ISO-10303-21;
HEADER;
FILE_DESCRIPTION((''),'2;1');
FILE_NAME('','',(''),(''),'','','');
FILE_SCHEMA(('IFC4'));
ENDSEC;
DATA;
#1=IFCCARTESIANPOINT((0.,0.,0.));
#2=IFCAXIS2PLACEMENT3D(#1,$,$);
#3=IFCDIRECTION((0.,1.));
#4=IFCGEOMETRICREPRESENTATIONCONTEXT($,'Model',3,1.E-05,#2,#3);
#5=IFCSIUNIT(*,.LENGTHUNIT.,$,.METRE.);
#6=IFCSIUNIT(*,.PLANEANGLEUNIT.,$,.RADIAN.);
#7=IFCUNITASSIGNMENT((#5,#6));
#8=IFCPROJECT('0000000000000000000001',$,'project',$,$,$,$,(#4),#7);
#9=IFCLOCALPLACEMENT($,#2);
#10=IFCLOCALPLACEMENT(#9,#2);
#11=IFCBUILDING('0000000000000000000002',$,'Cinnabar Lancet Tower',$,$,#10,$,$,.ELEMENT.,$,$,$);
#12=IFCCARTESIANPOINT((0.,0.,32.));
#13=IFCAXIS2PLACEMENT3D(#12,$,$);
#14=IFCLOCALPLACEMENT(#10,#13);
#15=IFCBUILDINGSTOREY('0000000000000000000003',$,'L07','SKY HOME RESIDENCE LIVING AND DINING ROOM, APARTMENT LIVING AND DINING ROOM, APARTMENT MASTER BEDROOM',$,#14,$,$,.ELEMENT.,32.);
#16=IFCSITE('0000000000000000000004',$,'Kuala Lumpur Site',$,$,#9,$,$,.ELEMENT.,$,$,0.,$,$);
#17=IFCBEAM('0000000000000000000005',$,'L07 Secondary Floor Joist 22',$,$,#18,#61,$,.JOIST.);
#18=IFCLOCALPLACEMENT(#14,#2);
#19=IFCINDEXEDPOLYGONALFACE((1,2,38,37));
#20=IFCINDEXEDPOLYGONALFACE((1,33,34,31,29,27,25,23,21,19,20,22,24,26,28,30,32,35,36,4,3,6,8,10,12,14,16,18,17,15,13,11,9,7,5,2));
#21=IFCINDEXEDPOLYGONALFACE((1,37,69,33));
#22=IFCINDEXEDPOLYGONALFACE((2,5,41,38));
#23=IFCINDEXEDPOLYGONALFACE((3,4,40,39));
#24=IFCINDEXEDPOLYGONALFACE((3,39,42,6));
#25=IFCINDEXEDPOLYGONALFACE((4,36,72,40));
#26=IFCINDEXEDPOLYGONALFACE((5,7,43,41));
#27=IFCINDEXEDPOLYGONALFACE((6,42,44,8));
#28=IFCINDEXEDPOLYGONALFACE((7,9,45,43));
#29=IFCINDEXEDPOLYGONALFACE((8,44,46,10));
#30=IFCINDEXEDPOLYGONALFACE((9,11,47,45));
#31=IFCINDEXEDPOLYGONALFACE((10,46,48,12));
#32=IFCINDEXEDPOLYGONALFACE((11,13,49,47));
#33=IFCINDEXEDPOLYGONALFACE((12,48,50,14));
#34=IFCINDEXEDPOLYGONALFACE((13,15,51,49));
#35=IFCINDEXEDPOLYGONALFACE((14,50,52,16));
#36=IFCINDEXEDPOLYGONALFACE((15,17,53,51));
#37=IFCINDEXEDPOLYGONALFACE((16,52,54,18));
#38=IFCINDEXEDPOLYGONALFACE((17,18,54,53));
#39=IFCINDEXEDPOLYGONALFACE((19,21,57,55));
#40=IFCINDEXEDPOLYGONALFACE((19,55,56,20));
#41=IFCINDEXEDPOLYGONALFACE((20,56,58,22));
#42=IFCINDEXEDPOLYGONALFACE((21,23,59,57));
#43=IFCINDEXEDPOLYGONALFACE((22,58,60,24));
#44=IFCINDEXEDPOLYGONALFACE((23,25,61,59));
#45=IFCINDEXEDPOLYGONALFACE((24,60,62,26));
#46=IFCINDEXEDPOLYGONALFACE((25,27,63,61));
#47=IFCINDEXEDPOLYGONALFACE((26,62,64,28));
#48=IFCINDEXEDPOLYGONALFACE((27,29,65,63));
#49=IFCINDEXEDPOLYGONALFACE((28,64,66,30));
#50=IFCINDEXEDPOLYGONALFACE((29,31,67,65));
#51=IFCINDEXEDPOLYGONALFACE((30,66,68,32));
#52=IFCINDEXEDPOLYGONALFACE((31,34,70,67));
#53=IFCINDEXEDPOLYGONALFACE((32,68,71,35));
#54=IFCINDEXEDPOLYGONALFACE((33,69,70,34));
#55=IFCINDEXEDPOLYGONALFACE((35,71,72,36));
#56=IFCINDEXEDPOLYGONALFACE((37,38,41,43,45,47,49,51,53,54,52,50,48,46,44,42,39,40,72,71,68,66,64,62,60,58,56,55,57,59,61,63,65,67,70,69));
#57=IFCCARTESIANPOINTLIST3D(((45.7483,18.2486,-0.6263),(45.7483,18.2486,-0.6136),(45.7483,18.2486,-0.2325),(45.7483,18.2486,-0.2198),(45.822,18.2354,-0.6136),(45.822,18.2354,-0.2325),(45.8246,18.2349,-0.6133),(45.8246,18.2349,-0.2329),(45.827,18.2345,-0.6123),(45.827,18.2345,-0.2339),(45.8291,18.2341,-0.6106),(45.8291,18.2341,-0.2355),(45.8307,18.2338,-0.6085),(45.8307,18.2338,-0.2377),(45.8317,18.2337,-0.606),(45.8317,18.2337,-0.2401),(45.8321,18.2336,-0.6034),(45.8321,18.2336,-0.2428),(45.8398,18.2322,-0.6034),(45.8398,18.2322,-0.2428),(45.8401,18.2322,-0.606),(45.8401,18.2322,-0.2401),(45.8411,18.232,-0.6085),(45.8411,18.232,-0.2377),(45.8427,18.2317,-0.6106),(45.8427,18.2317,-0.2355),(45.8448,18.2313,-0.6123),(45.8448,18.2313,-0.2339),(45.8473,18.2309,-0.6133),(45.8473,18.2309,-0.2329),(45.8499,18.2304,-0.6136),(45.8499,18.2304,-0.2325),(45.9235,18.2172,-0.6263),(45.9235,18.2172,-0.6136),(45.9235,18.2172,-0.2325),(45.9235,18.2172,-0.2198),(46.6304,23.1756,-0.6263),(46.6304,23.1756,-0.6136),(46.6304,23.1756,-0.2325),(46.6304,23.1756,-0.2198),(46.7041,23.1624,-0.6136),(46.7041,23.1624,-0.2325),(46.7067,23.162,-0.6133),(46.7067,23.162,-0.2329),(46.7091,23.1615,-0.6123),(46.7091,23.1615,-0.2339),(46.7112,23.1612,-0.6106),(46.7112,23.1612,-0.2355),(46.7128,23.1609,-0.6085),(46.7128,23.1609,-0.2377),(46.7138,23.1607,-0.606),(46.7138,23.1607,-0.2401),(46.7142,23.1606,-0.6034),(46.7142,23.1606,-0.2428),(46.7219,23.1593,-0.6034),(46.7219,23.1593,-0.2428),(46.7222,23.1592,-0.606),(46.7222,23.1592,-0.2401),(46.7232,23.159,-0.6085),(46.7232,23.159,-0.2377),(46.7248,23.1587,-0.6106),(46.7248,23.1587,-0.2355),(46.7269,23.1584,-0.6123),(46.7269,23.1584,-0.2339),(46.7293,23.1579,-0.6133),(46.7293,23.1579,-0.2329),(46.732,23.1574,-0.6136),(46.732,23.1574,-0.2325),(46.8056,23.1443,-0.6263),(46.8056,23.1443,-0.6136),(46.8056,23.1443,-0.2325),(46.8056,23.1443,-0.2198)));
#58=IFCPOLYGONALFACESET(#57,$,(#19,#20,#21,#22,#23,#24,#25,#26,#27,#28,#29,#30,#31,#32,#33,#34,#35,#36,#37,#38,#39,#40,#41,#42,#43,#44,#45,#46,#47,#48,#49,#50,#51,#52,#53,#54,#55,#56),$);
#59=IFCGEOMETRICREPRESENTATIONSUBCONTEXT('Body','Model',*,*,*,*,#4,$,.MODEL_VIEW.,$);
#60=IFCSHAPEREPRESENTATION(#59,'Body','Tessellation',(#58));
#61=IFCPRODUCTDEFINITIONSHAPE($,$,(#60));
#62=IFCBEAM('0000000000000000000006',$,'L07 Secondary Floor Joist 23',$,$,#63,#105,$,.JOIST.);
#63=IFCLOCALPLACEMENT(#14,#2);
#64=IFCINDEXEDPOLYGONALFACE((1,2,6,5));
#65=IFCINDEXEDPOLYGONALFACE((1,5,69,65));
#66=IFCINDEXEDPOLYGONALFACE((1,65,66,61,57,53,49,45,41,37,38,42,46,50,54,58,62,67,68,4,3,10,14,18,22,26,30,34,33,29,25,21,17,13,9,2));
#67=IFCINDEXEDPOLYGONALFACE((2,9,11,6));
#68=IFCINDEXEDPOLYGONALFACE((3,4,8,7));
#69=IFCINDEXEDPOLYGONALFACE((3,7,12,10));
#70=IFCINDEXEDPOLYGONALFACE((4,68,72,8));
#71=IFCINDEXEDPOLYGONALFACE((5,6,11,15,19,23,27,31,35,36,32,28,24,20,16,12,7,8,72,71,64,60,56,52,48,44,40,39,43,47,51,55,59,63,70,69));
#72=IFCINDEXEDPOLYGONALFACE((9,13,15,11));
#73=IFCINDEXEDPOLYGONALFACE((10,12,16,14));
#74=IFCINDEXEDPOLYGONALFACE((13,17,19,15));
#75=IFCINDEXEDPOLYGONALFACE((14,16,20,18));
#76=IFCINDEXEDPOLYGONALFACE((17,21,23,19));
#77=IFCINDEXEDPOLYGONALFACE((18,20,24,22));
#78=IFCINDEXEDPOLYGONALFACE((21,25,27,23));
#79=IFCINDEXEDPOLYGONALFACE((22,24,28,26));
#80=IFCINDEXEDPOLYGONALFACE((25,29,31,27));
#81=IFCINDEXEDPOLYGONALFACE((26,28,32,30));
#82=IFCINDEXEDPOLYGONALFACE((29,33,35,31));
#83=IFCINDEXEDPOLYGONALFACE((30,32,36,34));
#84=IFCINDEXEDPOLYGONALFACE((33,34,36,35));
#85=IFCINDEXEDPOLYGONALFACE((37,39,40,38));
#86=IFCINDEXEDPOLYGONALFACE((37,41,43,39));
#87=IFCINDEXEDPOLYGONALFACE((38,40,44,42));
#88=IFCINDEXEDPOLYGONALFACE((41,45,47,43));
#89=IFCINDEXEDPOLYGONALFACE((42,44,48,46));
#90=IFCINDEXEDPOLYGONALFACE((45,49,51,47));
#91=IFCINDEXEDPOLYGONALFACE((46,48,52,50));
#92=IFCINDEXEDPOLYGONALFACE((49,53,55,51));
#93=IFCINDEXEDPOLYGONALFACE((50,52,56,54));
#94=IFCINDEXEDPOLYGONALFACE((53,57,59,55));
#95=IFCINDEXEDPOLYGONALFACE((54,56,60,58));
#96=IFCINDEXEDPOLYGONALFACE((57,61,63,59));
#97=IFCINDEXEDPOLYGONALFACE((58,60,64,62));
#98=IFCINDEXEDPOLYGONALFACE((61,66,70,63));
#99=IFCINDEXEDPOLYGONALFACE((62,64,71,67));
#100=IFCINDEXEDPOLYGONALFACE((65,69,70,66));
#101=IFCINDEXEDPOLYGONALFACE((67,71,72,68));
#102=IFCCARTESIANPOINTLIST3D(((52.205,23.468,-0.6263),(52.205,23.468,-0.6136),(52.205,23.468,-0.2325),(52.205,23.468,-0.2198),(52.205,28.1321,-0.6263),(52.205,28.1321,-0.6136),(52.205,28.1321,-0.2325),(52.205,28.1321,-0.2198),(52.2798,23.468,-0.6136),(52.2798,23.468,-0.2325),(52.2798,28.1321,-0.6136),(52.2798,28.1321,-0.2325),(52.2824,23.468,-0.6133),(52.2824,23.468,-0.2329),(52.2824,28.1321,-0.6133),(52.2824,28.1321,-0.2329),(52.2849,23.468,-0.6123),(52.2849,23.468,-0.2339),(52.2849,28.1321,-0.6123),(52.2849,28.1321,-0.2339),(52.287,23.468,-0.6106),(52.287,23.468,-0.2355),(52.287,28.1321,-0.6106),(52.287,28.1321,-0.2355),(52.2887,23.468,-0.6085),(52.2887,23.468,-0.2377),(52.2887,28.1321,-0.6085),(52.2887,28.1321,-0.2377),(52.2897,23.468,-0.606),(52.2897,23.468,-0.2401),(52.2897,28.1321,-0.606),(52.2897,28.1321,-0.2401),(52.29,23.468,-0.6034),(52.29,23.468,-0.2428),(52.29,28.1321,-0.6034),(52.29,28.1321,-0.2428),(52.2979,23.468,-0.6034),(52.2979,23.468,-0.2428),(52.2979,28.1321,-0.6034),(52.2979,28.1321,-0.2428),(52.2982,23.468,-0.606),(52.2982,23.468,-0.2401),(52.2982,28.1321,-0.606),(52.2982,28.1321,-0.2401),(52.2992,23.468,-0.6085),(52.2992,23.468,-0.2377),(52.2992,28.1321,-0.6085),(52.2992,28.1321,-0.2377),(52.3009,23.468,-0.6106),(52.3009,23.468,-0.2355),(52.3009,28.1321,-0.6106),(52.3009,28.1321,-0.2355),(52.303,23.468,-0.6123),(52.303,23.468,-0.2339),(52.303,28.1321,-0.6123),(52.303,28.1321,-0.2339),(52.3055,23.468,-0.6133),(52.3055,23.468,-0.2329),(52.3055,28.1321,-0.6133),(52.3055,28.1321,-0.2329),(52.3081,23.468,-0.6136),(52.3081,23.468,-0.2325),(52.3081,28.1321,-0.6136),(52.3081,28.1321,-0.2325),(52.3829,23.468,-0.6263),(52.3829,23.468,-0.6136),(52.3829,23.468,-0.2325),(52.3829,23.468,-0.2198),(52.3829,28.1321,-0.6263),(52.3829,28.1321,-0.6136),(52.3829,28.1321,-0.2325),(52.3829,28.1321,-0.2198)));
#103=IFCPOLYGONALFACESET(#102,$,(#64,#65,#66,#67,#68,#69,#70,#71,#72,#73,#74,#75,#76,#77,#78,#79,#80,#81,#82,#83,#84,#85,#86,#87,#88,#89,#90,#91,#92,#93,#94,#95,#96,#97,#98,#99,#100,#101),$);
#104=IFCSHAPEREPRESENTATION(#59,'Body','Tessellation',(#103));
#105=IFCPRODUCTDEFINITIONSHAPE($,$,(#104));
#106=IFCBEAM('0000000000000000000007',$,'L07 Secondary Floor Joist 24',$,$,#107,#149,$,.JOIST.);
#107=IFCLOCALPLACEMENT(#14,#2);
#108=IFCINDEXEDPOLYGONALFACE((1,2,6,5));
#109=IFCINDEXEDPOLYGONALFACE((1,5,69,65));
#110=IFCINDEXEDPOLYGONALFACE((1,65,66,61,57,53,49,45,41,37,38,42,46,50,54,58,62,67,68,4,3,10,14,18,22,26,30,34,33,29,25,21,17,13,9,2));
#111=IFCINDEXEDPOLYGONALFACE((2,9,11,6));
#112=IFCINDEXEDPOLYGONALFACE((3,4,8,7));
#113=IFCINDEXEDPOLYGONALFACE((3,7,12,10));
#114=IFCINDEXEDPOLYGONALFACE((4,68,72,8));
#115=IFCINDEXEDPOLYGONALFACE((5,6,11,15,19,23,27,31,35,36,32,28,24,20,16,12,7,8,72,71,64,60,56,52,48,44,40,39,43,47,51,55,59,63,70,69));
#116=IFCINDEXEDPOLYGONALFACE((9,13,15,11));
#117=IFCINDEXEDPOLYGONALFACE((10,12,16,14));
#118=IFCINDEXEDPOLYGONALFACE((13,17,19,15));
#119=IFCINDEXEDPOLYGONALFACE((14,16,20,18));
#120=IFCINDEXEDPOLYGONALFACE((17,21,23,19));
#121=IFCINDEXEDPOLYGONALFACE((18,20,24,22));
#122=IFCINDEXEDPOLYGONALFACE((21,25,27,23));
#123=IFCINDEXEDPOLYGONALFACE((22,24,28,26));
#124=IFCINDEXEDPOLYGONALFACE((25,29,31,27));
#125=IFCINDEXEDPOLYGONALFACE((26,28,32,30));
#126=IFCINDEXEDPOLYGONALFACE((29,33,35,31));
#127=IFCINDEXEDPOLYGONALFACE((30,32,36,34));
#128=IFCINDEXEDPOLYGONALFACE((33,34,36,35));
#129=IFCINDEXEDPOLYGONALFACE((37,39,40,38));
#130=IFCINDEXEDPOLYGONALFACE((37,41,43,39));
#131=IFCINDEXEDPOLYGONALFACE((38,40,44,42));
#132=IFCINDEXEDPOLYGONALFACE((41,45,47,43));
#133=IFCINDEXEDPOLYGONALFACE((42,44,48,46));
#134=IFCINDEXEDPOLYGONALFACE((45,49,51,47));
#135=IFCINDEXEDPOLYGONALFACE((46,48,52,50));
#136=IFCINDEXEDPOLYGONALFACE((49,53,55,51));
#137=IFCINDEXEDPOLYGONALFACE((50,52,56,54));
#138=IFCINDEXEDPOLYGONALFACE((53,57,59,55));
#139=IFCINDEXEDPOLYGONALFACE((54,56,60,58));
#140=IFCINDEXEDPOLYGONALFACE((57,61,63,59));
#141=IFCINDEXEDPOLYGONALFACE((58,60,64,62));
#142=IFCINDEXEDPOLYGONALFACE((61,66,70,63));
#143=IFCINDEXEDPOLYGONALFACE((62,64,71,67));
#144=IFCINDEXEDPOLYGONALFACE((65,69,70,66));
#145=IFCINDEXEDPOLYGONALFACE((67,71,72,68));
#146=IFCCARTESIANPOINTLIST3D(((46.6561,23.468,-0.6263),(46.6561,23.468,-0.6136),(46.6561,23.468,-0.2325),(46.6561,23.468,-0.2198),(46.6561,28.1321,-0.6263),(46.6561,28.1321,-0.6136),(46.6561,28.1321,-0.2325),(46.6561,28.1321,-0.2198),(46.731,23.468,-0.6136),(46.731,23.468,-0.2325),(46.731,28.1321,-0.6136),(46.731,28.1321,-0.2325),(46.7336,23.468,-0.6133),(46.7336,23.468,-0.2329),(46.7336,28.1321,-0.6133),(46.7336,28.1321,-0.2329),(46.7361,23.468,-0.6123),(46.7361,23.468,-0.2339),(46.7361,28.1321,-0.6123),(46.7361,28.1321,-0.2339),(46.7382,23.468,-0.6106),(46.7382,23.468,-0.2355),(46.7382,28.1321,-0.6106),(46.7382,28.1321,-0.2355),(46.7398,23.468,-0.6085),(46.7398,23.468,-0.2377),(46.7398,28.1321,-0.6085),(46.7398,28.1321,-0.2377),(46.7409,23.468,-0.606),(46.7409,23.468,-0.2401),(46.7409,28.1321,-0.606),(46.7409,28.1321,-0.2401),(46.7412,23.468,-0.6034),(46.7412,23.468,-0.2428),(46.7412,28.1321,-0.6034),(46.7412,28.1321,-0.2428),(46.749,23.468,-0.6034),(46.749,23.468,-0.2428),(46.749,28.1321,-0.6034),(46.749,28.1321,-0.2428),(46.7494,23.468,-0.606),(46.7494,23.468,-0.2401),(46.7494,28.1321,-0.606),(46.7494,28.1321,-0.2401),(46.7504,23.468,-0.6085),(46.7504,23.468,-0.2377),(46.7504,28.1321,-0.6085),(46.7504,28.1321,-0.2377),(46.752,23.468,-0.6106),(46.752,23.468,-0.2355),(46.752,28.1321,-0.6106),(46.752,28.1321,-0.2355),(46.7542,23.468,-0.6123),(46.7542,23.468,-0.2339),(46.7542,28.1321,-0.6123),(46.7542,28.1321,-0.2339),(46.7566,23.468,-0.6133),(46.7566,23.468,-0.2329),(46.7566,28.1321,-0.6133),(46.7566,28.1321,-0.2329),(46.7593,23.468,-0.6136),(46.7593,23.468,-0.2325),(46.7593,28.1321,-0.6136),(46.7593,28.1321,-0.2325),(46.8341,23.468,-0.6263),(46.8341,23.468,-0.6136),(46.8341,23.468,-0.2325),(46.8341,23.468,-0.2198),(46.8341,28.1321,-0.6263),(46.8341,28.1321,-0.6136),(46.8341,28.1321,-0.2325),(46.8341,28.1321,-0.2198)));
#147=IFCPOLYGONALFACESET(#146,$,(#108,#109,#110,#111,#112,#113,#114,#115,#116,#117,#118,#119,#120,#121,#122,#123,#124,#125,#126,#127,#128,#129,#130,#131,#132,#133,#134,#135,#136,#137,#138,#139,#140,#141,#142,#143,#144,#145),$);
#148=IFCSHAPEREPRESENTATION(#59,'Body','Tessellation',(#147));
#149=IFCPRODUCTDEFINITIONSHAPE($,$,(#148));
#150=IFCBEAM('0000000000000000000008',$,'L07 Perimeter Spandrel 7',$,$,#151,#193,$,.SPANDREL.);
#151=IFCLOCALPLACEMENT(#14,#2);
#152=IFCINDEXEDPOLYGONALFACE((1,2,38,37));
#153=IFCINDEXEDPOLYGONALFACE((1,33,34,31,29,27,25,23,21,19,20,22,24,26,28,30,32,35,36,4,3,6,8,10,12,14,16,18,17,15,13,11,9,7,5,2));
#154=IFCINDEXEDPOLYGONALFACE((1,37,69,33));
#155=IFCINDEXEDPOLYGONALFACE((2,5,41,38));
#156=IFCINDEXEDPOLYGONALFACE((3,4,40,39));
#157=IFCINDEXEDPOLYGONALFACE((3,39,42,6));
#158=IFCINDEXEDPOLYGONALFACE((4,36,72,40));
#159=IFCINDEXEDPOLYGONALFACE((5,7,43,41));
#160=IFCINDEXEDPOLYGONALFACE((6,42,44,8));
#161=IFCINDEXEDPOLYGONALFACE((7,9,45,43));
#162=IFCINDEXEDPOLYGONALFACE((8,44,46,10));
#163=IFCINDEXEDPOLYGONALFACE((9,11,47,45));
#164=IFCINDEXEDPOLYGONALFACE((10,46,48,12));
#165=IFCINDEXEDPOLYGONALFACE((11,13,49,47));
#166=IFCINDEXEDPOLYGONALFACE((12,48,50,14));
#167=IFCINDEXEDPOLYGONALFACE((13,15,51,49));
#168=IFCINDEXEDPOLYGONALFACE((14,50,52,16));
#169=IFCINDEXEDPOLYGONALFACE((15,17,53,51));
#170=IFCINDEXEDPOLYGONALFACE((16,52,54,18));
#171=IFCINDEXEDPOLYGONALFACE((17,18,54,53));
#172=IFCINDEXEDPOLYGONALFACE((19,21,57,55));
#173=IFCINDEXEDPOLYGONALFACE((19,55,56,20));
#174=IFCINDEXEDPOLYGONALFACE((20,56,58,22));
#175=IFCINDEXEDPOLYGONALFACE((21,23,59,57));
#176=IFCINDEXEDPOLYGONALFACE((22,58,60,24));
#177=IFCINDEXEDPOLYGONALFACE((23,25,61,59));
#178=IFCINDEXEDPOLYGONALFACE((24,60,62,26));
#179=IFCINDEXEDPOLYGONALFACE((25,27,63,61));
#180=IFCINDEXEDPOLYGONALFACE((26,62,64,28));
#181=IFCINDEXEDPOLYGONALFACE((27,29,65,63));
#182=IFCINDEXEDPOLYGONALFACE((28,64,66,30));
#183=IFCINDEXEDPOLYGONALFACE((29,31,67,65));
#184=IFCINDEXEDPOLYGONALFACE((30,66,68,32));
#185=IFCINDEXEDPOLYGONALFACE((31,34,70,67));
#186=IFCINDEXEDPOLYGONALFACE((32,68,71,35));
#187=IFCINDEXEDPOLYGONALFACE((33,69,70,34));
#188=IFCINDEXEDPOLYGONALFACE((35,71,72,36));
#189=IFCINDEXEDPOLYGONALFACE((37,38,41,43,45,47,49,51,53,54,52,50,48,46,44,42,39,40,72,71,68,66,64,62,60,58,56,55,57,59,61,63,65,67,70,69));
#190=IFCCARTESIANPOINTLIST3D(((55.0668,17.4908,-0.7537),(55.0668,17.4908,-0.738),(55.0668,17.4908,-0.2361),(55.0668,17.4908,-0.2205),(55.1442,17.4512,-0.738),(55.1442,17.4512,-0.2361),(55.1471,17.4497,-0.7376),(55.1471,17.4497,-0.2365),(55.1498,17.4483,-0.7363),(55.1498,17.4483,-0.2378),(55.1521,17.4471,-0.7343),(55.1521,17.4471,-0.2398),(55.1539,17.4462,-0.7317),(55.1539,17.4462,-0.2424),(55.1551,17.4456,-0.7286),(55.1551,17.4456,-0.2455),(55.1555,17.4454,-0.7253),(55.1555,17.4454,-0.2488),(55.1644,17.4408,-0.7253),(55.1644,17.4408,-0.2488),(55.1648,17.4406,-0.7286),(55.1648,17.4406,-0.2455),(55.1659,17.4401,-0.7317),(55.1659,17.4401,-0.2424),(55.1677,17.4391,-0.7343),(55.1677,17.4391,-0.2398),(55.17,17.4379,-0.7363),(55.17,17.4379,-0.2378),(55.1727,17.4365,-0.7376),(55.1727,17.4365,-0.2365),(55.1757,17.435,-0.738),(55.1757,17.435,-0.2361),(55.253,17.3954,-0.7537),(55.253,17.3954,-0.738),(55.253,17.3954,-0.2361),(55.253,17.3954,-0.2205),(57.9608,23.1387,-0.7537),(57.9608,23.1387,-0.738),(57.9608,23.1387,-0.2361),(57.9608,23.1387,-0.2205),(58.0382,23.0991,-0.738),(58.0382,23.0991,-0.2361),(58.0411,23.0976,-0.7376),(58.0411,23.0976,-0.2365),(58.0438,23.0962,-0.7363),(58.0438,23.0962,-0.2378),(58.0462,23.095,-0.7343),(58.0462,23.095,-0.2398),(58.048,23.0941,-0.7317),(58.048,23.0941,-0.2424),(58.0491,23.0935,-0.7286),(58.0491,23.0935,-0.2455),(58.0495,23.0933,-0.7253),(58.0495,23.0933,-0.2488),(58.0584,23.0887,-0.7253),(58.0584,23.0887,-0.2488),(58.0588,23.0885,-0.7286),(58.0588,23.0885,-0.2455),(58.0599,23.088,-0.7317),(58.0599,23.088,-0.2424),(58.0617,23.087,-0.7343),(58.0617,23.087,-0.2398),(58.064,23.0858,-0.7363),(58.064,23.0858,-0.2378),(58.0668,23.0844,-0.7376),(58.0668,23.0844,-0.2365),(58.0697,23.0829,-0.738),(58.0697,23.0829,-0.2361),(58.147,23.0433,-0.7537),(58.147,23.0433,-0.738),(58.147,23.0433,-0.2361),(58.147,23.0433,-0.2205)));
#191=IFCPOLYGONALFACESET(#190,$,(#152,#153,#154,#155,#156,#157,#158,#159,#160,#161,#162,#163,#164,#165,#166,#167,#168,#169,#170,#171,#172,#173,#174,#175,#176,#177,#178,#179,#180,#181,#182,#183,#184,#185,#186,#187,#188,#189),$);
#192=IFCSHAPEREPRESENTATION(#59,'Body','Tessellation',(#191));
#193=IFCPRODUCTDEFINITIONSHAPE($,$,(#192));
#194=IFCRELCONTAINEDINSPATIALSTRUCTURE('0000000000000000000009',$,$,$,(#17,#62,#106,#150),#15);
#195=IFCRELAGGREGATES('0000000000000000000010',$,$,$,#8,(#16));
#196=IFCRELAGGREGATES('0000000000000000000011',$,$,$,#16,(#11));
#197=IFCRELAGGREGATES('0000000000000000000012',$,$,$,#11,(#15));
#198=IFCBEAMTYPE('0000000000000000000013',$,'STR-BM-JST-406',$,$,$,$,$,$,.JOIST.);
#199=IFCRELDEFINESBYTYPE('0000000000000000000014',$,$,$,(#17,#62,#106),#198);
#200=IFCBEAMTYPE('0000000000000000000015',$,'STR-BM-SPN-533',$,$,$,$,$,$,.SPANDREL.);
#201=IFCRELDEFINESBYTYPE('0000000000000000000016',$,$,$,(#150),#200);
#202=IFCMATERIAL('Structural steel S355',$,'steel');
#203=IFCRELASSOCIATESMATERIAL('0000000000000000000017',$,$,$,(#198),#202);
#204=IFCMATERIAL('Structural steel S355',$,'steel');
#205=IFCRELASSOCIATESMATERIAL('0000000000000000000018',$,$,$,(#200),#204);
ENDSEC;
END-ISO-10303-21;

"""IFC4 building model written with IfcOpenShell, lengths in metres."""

from ifc_helpers import new_model, si_unit, direction, frame, origin, origin_2d, place, context, subcontext, project, spatial, i_section, extrude, material, material_profile, profile_set, type_object, element, save


model = new_model("IFC4")

# Units and contexts
model_context = context("Model", 3, precision=1e-05, world=origin(), true_north=direction((0.0, 1.0)))
body_context = subcontext(model_context, "Body", "Model", "MODEL_VIEW")
ifc_project = project(units=[si_unit("LENGTHUNIT", "METRE"), si_unit("PLANEANGLEUNIT", "RADIAN")], contexts=[model_context])

# Site, building, storey
site_placement = place(None, origin())
site = spatial("IfcSite", under=ifc_project, at=site_placement, Name="Kuala Lumpur Site", CompositionType="ELEMENT", RefElevation=0.0)
building_placement = place(site_placement, origin())
building = spatial("IfcBuilding", under=site, at=building_placement, Name="Cinnabar Lancet Tower", CompositionType="ELEMENT")
storey_placement = place(building_placement, frame((0.0, 0.0, 32.0)))
storey = spatial("IfcBuildingStorey", under=building, at=storey_placement, Name="L07", Description="SKY HOME RESIDENCE LIVING AND DINING ROOM, APARTMENT LIVING AND DINING ROOM, APARTMENT MASTER BEDROOM", CompositionType="ELEMENT", Elevation=32.0)

# Beams
ifc_material_1 = material(Name="Structural steel S355", Category="steel")
ifc_material_profile_1 = material_profile(ifc_material_1, i_section(OverallWidth=0.178, OverallDepth=0.4065, WebThickness=0.0078, FlangeThickness=0.0127, FilletRadius=0.0103, at=origin_2d()), Name="UKB 406x178x60")
ifc_profile_set_1 = profile_set([ifc_material_profile_1], Name="Structural steel S355")
beam_type_1 = type_object("IfcBeamType", Name="STR-BM-JST-406", PredefinedType="JOIST", material=ifc_profile_set_1)
beam_1_placement = place(storey_placement, frame((45.8359, 18.2329, -0.4231), z_axis=(0.176228, 0.984349, 0.0), x_axis=(-0.984349, 0.176228, 0.0)))
element("IfcBeam", 1, at=beam_1_placement, inside=storey, type_object=beam_type_1, Name="L07 Secondary Floor Joist 22", PredefinedType="JOIST", context=body_context, shape_type="SweptSolid", body=[
    extrude(i_section(OverallWidth=0.178, OverallDepth=0.4065, WebThickness=0.0078, FlangeThickness=0.0127, FilletRadius=0.0103, at=origin_2d()), origin(), (0.0, 0.0, 1.0), 5.0054),
])
for number, where, z_axis, x_axis, name in (
    (2, (52.2939, 23.468, -0.4231), (0.0, 1.0, 0.0), (-1.0, 0.0, 0.0), "L07 Secondary Floor Joist 23"),
    (3, (46.7451, 23.468, -0.4231), (0.0, 1.0, 0.0), (-1.0, 0.0, 0.0), "L07 Secondary Floor Joist 24"),
):
    element("IfcBeam", number, at=place(storey_placement, frame(where, z_axis=z_axis, x_axis=x_axis)), inside=storey, type_object=beam_type_1, Name=name, PredefinedType="JOIST", context=body_context, shape_type="SweptSolid", body=[
        extrude(i_section(OverallWidth=0.178, OverallDepth=0.4065, WebThickness=0.0078, FlangeThickness=0.0127, FilletRadius=0.0103, at=origin_2d()), origin(), (0.0, 0.0, 1.0), 4.6641),
    ])
ifc_material_2 = material(Name="Structural steel S355", Category="steel")
ifc_material_profile_2 = material_profile(ifc_material_2, i_section(OverallWidth=0.2092, OverallDepth=0.5332, WebThickness=0.01, FlangeThickness=0.0156, FilletRadius=0.0127, at=origin_2d()), Name="UKB 533x210x92")
ifc_profile_set_2 = profile_set([ifc_material_profile_2], Name="Structural steel S355")
beam_type_2 = type_object("IfcBeamType", Name="STR-BM-SPN-533", PredefinedType="SPANDREL", material=ifc_profile_set_2)
beam_2_placement = place(storey_placement, frame((55.1599, 17.4431, -0.4871), z_axis=(0.456025, 0.889967, 0.0), x_axis=(-0.889967, 0.456025, 0.0)))
element("IfcBeam", 4, at=beam_2_placement, inside=storey, type_object=beam_type_2, Name="L07 Perimeter Spandrel 7", PredefinedType="SPANDREL", context=body_context, shape_type="SweptSolid", body=[
    extrude(i_section(OverallWidth=0.2092, OverallDepth=0.5332, WebThickness=0.01, FlangeThickness=0.0156, FilletRadius=0.0127, at=origin_2d()), origin(), (0.0, 0.0, 1.0), 6.3462),
])

save(model, "model.ifc")
